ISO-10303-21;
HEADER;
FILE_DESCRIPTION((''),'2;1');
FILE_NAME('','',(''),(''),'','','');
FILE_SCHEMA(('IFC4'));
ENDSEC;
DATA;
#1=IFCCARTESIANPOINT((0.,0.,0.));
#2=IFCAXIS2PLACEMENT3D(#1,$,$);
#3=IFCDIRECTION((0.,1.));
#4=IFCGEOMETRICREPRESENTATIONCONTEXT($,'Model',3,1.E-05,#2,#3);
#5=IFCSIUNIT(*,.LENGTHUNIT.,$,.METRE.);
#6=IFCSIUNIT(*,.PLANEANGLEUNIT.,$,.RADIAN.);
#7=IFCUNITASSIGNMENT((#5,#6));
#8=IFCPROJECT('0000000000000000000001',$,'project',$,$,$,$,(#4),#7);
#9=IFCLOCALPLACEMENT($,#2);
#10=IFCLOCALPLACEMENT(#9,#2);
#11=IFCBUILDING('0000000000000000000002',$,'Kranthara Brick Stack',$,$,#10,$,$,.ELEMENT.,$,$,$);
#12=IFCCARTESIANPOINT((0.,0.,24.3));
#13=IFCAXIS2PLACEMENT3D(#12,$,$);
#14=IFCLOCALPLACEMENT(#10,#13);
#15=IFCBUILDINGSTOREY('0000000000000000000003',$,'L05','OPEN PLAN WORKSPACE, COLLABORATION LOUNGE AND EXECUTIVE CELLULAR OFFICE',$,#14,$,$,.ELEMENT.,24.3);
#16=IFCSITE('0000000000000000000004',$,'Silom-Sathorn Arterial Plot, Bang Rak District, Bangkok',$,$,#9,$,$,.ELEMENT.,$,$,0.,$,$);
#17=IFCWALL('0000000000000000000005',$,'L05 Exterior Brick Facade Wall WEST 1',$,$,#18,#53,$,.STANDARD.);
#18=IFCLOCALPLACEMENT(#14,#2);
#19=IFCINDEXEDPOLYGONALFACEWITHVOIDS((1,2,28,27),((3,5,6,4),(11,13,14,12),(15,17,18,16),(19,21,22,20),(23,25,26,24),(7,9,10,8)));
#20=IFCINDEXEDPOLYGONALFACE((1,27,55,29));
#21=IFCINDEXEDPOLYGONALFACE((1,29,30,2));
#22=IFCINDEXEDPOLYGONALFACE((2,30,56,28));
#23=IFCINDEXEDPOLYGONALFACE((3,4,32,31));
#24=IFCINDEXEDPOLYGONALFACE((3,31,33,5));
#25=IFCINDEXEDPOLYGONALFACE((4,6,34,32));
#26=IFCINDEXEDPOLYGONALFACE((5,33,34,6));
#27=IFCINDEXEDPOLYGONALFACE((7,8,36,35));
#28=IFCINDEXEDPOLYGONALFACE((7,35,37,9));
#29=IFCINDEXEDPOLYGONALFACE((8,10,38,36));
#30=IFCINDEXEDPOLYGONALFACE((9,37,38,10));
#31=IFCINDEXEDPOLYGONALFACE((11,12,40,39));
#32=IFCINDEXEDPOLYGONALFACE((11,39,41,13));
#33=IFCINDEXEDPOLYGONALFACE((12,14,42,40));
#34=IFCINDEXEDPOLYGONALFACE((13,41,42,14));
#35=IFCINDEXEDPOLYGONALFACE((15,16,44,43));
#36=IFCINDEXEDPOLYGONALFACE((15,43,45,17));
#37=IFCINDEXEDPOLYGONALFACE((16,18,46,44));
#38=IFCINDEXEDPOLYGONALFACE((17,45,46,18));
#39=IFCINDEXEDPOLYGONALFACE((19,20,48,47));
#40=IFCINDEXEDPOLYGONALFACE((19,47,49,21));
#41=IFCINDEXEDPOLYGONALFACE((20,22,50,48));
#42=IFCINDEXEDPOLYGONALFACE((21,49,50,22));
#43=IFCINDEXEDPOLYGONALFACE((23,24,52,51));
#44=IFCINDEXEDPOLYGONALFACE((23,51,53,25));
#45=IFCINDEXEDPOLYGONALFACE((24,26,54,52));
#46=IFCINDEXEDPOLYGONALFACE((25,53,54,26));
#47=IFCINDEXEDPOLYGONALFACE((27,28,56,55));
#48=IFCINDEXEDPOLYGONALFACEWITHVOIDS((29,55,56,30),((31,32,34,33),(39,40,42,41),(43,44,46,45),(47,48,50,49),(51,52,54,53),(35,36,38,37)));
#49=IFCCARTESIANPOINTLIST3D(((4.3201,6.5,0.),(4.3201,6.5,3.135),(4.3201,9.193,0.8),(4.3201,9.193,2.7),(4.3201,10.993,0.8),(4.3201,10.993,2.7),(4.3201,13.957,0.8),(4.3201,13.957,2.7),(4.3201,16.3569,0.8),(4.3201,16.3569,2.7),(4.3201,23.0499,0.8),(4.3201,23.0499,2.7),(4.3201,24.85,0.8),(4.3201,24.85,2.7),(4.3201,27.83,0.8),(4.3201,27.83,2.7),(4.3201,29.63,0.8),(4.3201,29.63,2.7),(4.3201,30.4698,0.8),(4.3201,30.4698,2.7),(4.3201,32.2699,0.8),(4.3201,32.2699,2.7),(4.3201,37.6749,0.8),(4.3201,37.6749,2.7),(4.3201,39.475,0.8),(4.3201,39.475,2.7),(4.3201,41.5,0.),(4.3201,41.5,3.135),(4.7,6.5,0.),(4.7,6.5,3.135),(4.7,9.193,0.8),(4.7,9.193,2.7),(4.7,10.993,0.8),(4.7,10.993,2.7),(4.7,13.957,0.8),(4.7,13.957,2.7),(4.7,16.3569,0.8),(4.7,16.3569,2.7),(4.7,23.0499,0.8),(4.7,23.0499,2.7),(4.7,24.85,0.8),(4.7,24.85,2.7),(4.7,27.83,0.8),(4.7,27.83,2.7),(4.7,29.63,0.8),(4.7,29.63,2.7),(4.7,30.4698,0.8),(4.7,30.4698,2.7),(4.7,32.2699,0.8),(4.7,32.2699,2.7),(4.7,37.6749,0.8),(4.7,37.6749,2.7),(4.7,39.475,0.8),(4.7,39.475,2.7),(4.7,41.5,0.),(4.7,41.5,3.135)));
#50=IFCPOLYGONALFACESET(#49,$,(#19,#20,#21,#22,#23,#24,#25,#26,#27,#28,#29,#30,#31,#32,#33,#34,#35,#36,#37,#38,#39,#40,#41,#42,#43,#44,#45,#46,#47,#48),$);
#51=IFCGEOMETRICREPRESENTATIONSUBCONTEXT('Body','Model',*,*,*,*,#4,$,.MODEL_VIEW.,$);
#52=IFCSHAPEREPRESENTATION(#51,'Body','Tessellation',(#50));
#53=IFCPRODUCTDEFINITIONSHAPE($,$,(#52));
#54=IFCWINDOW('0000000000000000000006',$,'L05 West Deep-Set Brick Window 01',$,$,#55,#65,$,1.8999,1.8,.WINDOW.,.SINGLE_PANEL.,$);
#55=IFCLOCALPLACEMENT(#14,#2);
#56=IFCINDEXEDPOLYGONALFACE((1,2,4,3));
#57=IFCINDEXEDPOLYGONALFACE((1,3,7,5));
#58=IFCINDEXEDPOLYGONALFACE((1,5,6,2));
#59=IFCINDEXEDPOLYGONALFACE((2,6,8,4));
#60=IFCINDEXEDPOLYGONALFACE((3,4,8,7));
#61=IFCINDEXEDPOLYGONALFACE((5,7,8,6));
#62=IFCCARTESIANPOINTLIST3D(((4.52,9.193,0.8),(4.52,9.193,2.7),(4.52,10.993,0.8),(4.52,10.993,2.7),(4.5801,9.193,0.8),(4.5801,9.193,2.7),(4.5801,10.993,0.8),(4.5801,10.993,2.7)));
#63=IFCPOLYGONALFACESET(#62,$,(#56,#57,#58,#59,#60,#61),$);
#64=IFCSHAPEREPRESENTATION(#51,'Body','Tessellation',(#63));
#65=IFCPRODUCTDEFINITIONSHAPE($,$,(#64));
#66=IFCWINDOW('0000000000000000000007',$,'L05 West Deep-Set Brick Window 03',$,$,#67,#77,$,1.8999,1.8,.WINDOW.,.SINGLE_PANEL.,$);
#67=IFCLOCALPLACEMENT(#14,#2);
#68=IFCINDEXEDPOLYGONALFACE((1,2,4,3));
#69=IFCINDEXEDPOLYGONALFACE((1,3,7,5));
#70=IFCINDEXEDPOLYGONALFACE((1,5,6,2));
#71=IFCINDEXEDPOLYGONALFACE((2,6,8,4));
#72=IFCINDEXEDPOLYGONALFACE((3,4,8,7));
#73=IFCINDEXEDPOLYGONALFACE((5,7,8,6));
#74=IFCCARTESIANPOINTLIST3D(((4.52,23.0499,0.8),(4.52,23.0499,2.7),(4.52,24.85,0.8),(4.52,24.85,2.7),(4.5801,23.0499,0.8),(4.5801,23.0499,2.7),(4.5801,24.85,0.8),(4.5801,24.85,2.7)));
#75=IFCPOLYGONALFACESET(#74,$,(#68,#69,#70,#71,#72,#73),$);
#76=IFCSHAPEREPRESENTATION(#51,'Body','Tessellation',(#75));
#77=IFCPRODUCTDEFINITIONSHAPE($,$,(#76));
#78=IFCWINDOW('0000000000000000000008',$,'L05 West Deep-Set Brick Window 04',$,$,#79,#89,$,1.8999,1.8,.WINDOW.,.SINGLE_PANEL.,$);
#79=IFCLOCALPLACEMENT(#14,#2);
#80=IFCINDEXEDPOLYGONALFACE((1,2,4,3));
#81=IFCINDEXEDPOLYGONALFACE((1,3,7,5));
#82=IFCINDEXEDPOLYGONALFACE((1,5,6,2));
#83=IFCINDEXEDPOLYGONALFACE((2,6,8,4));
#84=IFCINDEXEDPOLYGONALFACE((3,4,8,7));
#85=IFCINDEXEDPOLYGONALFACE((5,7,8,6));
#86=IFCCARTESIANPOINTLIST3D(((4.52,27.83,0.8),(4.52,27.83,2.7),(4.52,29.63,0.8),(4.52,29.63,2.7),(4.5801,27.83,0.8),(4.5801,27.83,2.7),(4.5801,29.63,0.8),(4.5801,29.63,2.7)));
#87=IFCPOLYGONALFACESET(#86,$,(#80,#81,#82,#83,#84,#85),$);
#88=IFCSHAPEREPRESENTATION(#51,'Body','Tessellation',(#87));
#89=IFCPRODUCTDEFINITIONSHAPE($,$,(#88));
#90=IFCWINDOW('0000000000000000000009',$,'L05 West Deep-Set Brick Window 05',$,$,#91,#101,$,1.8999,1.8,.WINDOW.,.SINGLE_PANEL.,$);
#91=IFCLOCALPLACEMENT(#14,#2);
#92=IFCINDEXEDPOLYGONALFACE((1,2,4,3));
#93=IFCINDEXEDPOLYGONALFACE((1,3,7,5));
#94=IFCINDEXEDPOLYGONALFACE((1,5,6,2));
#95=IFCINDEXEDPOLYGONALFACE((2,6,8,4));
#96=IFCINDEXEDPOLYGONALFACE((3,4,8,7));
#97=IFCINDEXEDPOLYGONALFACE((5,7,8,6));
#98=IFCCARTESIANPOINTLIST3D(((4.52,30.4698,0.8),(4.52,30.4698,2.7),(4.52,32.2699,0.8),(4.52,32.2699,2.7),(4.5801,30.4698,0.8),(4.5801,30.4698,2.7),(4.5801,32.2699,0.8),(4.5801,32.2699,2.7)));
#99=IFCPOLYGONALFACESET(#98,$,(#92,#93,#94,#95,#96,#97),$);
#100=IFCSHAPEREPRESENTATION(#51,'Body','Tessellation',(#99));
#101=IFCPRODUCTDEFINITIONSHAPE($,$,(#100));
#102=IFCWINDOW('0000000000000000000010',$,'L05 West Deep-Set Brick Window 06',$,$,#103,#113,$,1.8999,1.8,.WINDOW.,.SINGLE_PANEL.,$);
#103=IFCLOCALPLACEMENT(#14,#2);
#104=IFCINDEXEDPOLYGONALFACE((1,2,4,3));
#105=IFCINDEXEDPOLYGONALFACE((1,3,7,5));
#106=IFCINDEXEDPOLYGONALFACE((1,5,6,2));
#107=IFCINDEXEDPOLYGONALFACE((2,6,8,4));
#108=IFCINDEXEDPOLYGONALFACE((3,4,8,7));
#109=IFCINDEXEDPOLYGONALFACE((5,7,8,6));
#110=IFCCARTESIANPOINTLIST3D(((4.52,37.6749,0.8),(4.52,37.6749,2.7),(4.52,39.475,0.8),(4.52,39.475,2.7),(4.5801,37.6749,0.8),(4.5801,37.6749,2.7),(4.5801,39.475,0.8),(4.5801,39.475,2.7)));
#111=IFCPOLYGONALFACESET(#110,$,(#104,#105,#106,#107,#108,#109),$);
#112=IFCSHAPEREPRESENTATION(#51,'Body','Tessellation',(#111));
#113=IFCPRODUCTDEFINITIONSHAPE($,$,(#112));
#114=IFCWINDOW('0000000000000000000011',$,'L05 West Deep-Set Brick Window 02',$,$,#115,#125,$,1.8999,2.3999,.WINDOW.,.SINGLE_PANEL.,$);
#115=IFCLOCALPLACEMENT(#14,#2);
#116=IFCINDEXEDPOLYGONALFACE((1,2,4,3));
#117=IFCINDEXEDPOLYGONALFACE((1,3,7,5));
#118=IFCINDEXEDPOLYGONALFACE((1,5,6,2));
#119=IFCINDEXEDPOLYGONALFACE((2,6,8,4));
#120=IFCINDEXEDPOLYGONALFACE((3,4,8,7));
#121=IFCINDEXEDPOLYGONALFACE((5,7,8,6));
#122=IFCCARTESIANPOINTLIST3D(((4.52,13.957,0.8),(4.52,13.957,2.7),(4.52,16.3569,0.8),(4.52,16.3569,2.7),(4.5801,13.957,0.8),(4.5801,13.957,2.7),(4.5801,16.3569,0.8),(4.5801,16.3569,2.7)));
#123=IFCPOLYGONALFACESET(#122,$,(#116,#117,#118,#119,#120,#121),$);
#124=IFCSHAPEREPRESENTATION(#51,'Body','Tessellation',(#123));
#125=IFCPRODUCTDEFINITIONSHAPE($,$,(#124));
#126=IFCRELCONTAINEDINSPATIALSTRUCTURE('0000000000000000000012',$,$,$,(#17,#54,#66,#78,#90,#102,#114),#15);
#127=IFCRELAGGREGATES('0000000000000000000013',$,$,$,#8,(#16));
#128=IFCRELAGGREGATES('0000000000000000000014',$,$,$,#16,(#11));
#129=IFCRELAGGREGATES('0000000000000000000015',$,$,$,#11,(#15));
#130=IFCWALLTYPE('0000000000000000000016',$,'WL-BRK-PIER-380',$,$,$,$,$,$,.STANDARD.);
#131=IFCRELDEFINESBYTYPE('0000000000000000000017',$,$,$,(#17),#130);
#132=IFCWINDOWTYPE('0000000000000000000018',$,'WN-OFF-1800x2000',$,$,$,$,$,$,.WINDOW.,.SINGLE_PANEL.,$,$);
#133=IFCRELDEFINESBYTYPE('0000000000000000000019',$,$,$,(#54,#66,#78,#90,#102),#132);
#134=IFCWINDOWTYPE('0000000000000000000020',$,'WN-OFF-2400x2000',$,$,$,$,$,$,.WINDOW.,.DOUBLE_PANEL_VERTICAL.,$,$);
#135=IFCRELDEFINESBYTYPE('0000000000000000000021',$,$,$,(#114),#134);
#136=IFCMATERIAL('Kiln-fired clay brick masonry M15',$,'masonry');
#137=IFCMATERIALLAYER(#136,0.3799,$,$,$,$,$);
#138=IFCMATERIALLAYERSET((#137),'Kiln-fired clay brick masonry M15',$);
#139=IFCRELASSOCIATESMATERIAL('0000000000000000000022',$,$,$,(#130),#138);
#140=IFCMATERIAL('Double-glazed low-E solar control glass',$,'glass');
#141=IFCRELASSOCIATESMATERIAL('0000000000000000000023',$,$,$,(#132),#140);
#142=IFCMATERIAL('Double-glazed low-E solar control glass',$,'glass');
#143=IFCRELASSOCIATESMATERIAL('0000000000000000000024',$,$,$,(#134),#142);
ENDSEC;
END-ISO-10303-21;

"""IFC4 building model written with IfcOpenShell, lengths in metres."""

from ifc_helpers import new_model, si_unit, direction, frame, frame_2d, origin, place, context, subcontext, project, spatial, rectangle, extrude, material, layer, layer_set, type_object, element, fill, save


model = new_model("IFC4")

# Units and contexts
model_context = context("Model", 3, precision=1e-05, world=origin(), true_north=direction((0.0, 1.0)))
body_context = subcontext(model_context, "Body", "Model", "MODEL_VIEW")
ifc_project = project(units=[si_unit("LENGTHUNIT", "METRE"), si_unit("PLANEANGLEUNIT", "RADIAN")], contexts=[model_context])

# Site, building, storey
site_placement = place(None, origin())
site = spatial("IfcSite", under=ifc_project, at=site_placement, Name="Silom-Sathorn Arterial Plot, Bang Rak District, Bangkok", CompositionType="ELEMENT", RefElevation=0.0)
building_placement = place(site_placement, origin())
building = spatial("IfcBuilding", under=site, at=building_placement, Name="Kranthara Brick Stack", CompositionType="ELEMENT")
storey_placement = place(building_placement, frame((0.0, 0.0, 24.3)))
storey = spatial("IfcBuildingStorey", under=building, at=storey_placement, Name="L05", Description="OPEN PLAN WORKSPACE, COLLABORATION LOUNGE AND EXECUTIVE CELLULAR OFFICE", CompositionType="ELEMENT", Elevation=24.3)

# Wall, openings, windows
ifc_material_1 = material(Name="Kiln-fired clay brick masonry M15", Category="masonry")
ifc_layer_1 = layer(ifc_material_1, 0.3799)
ifc_layer_set_1 = layer_set([ifc_layer_1], Name="Kiln-fired clay brick masonry M15")
wall_type_1 = type_object("IfcWallType", Name="WL-BRK-PIER-380", PredefinedType="STANDARD", material=ifc_layer_set_1)
wall_1_placement = place(storey_placement, frame((4.51, 6.5, 0.0), z_axis=(0.0, 0.0, 1.0), x_axis=(0.0, 1.0, 0.0)))
wall_1 = element("IfcWall", 1, at=wall_1_placement, inside=storey, type_object=wall_type_1, Name="L05 Exterior Brick Facade Wall WEST 1", PredefinedType="STANDARD", context=body_context, shape_type="SweptSolid", body=[
    extrude(rectangle(XDim=35.0, YDim=0.3799, at=frame_2d((17.5, 0.0))), origin(), (0.0, 0.0, 1.0), 3.135),
])
opening_1_placement = place(wall_1_placement, frame((2.6931, 0.0, 0.8)))
opening_1 = element("IfcOpeningElement", 2, at=opening_1_placement, cuts=wall_1, PredefinedType="OPENING", context=body_context, shape_type="SweptSolid", body=[
    extrude(rectangle(XDim=1.8, YDim=1.8999, at=frame_2d((0.8999, 0.95))), frame((0.0, 0.2, 0.0), z_axis=(0.0, -1.0, 0.0), x_axis=(1.0, 0.0, 0.0)), (0.0, 0.0, 1.0), 0.3999),
])
opening_2_placement = place(wall_1_placement, frame((7.457, 0.0, 0.8)))
opening_2 = element("IfcOpeningElement", 3, at=opening_2_placement, cuts=wall_1, PredefinedType="OPENING", context=body_context, shape_type="SweptSolid", body=[
    extrude(rectangle(XDim=2.3999, YDim=1.8999, at=frame_2d((1.2, 0.95))), frame((0.0, 0.2, 0.0), z_axis=(0.0, -1.0, 0.0), x_axis=(1.0, 0.0, 0.0)), (0.0, 0.0, 1.0), 0.3999),
])
opening_3_placement = place(wall_1_placement, frame((16.55, 0.0, 0.8)))
opening_3 = element("IfcOpeningElement", 4, at=opening_3_placement, cuts=wall_1, PredefinedType="OPENING", context=body_context, shape_type="SweptSolid", body=[
    extrude(rectangle(XDim=1.8, YDim=1.8999, at=frame_2d((0.8999, 0.95))), frame((0.0, 0.2, 0.0), z_axis=(0.0, -1.0, 0.0), x_axis=(1.0, 0.0, 0.0)), (0.0, 0.0, 1.0), 0.3999),
])
opening_4_placement = place(wall_1_placement, frame((21.3301, 0.0, 0.8)))
opening_4 = element("IfcOpeningElement", 5, at=opening_4_placement, cuts=wall_1, PredefinedType="OPENING", context=body_context, shape_type="SweptSolid", body=[
    extrude(rectangle(XDim=1.8, YDim=1.8999, at=frame_2d((0.8999, 0.95))), frame((0.0, 0.2, 0.0), z_axis=(0.0, -1.0, 0.0), x_axis=(1.0, 0.0, 0.0)), (0.0, 0.0, 1.0), 0.3999),
])
opening_5_placement = place(wall_1_placement, frame((23.97, 0.0, 0.8)))
opening_5 = element("IfcOpeningElement", 6, at=opening_5_placement, cuts=wall_1, PredefinedType="OPENING", context=body_context, shape_type="SweptSolid", body=[
    extrude(rectangle(XDim=1.8, YDim=1.8999, at=frame_2d((0.8999, 0.95))), frame((0.0, 0.2, 0.0), z_axis=(0.0, -1.0, 0.0), x_axis=(1.0, 0.0, 0.0)), (0.0, 0.0, 1.0), 0.3999),
])
opening_6_placement = place(wall_1_placement, frame((31.175, 0.0, 0.8)))
opening_6 = element("IfcOpeningElement", 7, at=opening_6_placement, cuts=wall_1, PredefinedType="OPENING", context=body_context, shape_type="SweptSolid", body=[
    extrude(rectangle(XDim=1.8, YDim=1.8999, at=frame_2d((0.8999, 0.95))), frame((0.0, 0.2, 0.0), z_axis=(0.0, -1.0, 0.0), x_axis=(1.0, 0.0, 0.0)), (0.0, 0.0, 1.0), 0.3999),
])
ifc_material_2 = material(Name="Double-glazed low-E solar control glass", Category="glass")
window_type_1 = type_object("IfcWindowType", Name="WN-OFF-1800x2000", PartitioningType="SINGLE_PANEL", PredefinedType="WINDOW", material=ifc_material_2)
window_1_placement = place(opening_1_placement, origin())
window_1 = element("IfcWindow", 8, at=window_1_placement, inside=storey, type_object=window_type_1, Name="L05 West Deep-Set Brick Window 01", OverallHeight=1.8999, OverallWidth=1.8, PartitioningType="SINGLE_PANEL", PredefinedType="WINDOW", context=body_context, shape_type="SweptSolid", body=[
    extrude(rectangle(XDim=1.8, YDim=1.8999, at=frame_2d((0.8999, 0.95))), frame((0.0, -0.01, 0.0), z_axis=(0.0, -1.0, 0.0), x_axis=(1.0, 0.0, 0.0)), (0.0, 0.0, 1.0), 0.0601),
])
fill(opening_1, window_1)
window_2_placement = place(opening_3_placement, origin())
window_2 = element("IfcWindow", 9, at=window_2_placement, inside=storey, type_object=window_type_1, Name="L05 West Deep-Set Brick Window 03", OverallHeight=1.8999, OverallWidth=1.8, PartitioningType="SINGLE_PANEL", PredefinedType="WINDOW", context=body_context, shape_type="SweptSolid", body=[
    extrude(rectangle(XDim=1.8, YDim=1.8999, at=frame_2d((0.8999, 0.95))), frame((0.0, -0.01, 0.0), z_axis=(0.0, -1.0, 0.0), x_axis=(1.0, 0.0, 0.0)), (0.0, 0.0, 1.0), 0.0601),
])
fill(opening_3, window_2)
window_3_placement = place(opening_4_placement, origin())
window_3 = element("IfcWindow", 10, at=window_3_placement, inside=storey, type_object=window_type_1, Name="L05 West Deep-Set Brick Window 04", OverallHeight=1.8999, OverallWidth=1.8, PartitioningType="SINGLE_PANEL", PredefinedType="WINDOW", context=body_context, shape_type="SweptSolid", body=[
    extrude(rectangle(XDim=1.8, YDim=1.8999, at=frame_2d((0.8999, 0.95))), frame((0.0, -0.01, 0.0), z_axis=(0.0, -1.0, 0.0), x_axis=(1.0, 0.0, 0.0)), (0.0, 0.0, 1.0), 0.0601),
])
fill(opening_4, window_3)
window_4_placement = place(opening_5_placement, origin())
window_4 = element("IfcWindow", 11, at=window_4_placement, inside=storey, type_object=window_type_1, Name="L05 West Deep-Set Brick Window 05", OverallHeight=1.8999, OverallWidth=1.8, PartitioningType="SINGLE_PANEL", PredefinedType="WINDOW", context=body_context, shape_type="SweptSolid", body=[
    extrude(rectangle(XDim=1.8, YDim=1.8999, at=frame_2d((0.8999, 0.95))), frame((0.0, -0.01, 0.0), z_axis=(0.0, -1.0, 0.0), x_axis=(1.0, 0.0, 0.0)), (0.0, 0.0, 1.0), 0.0601),
])
fill(opening_5, window_4)
window_5_placement = place(opening_6_placement, origin())
window_5 = element("IfcWindow", 12, at=window_5_placement, inside=storey, type_object=window_type_1, Name="L05 West Deep-Set Brick Window 06", OverallHeight=1.8999, OverallWidth=1.8, PartitioningType="SINGLE_PANEL", PredefinedType="WINDOW", context=body_context, shape_type="SweptSolid", body=[
    extrude(rectangle(XDim=1.8, YDim=1.8999, at=frame_2d((0.8999, 0.95))), frame((0.0, -0.01, 0.0), z_axis=(0.0, -1.0, 0.0), x_axis=(1.0, 0.0, 0.0)), (0.0, 0.0, 1.0), 0.0601),
])
fill(opening_6, window_5)
ifc_material_3 = material(Name="Double-glazed low-E solar control glass", Category="glass")
window_type_2 = type_object("IfcWindowType", Name="WN-OFF-2400x2000", PartitioningType="DOUBLE_PANEL_VERTICAL", PredefinedType="WINDOW", material=ifc_material_3)
window_6_placement = place(opening_2_placement, origin())
window_6 = element("IfcWindow", 13, at=window_6_placement, inside=storey, type_object=window_type_2, Name="L05 West Deep-Set Brick Window 02", OverallHeight=1.8999, OverallWidth=2.3999, PartitioningType="SINGLE_PANEL", PredefinedType="WINDOW", context=body_context, shape_type="SweptSolid", body=[
    extrude(rectangle(XDim=2.3999, YDim=1.8999, at=frame_2d((1.2, 0.95))), frame((0.0, -0.01, 0.0), z_axis=(0.0, -1.0, 0.0), x_axis=(1.0, 0.0, 0.0)), (0.0, 0.0, 1.0), 0.0601),
])
fill(opening_2, window_6)

save(model, "model.ifc")
